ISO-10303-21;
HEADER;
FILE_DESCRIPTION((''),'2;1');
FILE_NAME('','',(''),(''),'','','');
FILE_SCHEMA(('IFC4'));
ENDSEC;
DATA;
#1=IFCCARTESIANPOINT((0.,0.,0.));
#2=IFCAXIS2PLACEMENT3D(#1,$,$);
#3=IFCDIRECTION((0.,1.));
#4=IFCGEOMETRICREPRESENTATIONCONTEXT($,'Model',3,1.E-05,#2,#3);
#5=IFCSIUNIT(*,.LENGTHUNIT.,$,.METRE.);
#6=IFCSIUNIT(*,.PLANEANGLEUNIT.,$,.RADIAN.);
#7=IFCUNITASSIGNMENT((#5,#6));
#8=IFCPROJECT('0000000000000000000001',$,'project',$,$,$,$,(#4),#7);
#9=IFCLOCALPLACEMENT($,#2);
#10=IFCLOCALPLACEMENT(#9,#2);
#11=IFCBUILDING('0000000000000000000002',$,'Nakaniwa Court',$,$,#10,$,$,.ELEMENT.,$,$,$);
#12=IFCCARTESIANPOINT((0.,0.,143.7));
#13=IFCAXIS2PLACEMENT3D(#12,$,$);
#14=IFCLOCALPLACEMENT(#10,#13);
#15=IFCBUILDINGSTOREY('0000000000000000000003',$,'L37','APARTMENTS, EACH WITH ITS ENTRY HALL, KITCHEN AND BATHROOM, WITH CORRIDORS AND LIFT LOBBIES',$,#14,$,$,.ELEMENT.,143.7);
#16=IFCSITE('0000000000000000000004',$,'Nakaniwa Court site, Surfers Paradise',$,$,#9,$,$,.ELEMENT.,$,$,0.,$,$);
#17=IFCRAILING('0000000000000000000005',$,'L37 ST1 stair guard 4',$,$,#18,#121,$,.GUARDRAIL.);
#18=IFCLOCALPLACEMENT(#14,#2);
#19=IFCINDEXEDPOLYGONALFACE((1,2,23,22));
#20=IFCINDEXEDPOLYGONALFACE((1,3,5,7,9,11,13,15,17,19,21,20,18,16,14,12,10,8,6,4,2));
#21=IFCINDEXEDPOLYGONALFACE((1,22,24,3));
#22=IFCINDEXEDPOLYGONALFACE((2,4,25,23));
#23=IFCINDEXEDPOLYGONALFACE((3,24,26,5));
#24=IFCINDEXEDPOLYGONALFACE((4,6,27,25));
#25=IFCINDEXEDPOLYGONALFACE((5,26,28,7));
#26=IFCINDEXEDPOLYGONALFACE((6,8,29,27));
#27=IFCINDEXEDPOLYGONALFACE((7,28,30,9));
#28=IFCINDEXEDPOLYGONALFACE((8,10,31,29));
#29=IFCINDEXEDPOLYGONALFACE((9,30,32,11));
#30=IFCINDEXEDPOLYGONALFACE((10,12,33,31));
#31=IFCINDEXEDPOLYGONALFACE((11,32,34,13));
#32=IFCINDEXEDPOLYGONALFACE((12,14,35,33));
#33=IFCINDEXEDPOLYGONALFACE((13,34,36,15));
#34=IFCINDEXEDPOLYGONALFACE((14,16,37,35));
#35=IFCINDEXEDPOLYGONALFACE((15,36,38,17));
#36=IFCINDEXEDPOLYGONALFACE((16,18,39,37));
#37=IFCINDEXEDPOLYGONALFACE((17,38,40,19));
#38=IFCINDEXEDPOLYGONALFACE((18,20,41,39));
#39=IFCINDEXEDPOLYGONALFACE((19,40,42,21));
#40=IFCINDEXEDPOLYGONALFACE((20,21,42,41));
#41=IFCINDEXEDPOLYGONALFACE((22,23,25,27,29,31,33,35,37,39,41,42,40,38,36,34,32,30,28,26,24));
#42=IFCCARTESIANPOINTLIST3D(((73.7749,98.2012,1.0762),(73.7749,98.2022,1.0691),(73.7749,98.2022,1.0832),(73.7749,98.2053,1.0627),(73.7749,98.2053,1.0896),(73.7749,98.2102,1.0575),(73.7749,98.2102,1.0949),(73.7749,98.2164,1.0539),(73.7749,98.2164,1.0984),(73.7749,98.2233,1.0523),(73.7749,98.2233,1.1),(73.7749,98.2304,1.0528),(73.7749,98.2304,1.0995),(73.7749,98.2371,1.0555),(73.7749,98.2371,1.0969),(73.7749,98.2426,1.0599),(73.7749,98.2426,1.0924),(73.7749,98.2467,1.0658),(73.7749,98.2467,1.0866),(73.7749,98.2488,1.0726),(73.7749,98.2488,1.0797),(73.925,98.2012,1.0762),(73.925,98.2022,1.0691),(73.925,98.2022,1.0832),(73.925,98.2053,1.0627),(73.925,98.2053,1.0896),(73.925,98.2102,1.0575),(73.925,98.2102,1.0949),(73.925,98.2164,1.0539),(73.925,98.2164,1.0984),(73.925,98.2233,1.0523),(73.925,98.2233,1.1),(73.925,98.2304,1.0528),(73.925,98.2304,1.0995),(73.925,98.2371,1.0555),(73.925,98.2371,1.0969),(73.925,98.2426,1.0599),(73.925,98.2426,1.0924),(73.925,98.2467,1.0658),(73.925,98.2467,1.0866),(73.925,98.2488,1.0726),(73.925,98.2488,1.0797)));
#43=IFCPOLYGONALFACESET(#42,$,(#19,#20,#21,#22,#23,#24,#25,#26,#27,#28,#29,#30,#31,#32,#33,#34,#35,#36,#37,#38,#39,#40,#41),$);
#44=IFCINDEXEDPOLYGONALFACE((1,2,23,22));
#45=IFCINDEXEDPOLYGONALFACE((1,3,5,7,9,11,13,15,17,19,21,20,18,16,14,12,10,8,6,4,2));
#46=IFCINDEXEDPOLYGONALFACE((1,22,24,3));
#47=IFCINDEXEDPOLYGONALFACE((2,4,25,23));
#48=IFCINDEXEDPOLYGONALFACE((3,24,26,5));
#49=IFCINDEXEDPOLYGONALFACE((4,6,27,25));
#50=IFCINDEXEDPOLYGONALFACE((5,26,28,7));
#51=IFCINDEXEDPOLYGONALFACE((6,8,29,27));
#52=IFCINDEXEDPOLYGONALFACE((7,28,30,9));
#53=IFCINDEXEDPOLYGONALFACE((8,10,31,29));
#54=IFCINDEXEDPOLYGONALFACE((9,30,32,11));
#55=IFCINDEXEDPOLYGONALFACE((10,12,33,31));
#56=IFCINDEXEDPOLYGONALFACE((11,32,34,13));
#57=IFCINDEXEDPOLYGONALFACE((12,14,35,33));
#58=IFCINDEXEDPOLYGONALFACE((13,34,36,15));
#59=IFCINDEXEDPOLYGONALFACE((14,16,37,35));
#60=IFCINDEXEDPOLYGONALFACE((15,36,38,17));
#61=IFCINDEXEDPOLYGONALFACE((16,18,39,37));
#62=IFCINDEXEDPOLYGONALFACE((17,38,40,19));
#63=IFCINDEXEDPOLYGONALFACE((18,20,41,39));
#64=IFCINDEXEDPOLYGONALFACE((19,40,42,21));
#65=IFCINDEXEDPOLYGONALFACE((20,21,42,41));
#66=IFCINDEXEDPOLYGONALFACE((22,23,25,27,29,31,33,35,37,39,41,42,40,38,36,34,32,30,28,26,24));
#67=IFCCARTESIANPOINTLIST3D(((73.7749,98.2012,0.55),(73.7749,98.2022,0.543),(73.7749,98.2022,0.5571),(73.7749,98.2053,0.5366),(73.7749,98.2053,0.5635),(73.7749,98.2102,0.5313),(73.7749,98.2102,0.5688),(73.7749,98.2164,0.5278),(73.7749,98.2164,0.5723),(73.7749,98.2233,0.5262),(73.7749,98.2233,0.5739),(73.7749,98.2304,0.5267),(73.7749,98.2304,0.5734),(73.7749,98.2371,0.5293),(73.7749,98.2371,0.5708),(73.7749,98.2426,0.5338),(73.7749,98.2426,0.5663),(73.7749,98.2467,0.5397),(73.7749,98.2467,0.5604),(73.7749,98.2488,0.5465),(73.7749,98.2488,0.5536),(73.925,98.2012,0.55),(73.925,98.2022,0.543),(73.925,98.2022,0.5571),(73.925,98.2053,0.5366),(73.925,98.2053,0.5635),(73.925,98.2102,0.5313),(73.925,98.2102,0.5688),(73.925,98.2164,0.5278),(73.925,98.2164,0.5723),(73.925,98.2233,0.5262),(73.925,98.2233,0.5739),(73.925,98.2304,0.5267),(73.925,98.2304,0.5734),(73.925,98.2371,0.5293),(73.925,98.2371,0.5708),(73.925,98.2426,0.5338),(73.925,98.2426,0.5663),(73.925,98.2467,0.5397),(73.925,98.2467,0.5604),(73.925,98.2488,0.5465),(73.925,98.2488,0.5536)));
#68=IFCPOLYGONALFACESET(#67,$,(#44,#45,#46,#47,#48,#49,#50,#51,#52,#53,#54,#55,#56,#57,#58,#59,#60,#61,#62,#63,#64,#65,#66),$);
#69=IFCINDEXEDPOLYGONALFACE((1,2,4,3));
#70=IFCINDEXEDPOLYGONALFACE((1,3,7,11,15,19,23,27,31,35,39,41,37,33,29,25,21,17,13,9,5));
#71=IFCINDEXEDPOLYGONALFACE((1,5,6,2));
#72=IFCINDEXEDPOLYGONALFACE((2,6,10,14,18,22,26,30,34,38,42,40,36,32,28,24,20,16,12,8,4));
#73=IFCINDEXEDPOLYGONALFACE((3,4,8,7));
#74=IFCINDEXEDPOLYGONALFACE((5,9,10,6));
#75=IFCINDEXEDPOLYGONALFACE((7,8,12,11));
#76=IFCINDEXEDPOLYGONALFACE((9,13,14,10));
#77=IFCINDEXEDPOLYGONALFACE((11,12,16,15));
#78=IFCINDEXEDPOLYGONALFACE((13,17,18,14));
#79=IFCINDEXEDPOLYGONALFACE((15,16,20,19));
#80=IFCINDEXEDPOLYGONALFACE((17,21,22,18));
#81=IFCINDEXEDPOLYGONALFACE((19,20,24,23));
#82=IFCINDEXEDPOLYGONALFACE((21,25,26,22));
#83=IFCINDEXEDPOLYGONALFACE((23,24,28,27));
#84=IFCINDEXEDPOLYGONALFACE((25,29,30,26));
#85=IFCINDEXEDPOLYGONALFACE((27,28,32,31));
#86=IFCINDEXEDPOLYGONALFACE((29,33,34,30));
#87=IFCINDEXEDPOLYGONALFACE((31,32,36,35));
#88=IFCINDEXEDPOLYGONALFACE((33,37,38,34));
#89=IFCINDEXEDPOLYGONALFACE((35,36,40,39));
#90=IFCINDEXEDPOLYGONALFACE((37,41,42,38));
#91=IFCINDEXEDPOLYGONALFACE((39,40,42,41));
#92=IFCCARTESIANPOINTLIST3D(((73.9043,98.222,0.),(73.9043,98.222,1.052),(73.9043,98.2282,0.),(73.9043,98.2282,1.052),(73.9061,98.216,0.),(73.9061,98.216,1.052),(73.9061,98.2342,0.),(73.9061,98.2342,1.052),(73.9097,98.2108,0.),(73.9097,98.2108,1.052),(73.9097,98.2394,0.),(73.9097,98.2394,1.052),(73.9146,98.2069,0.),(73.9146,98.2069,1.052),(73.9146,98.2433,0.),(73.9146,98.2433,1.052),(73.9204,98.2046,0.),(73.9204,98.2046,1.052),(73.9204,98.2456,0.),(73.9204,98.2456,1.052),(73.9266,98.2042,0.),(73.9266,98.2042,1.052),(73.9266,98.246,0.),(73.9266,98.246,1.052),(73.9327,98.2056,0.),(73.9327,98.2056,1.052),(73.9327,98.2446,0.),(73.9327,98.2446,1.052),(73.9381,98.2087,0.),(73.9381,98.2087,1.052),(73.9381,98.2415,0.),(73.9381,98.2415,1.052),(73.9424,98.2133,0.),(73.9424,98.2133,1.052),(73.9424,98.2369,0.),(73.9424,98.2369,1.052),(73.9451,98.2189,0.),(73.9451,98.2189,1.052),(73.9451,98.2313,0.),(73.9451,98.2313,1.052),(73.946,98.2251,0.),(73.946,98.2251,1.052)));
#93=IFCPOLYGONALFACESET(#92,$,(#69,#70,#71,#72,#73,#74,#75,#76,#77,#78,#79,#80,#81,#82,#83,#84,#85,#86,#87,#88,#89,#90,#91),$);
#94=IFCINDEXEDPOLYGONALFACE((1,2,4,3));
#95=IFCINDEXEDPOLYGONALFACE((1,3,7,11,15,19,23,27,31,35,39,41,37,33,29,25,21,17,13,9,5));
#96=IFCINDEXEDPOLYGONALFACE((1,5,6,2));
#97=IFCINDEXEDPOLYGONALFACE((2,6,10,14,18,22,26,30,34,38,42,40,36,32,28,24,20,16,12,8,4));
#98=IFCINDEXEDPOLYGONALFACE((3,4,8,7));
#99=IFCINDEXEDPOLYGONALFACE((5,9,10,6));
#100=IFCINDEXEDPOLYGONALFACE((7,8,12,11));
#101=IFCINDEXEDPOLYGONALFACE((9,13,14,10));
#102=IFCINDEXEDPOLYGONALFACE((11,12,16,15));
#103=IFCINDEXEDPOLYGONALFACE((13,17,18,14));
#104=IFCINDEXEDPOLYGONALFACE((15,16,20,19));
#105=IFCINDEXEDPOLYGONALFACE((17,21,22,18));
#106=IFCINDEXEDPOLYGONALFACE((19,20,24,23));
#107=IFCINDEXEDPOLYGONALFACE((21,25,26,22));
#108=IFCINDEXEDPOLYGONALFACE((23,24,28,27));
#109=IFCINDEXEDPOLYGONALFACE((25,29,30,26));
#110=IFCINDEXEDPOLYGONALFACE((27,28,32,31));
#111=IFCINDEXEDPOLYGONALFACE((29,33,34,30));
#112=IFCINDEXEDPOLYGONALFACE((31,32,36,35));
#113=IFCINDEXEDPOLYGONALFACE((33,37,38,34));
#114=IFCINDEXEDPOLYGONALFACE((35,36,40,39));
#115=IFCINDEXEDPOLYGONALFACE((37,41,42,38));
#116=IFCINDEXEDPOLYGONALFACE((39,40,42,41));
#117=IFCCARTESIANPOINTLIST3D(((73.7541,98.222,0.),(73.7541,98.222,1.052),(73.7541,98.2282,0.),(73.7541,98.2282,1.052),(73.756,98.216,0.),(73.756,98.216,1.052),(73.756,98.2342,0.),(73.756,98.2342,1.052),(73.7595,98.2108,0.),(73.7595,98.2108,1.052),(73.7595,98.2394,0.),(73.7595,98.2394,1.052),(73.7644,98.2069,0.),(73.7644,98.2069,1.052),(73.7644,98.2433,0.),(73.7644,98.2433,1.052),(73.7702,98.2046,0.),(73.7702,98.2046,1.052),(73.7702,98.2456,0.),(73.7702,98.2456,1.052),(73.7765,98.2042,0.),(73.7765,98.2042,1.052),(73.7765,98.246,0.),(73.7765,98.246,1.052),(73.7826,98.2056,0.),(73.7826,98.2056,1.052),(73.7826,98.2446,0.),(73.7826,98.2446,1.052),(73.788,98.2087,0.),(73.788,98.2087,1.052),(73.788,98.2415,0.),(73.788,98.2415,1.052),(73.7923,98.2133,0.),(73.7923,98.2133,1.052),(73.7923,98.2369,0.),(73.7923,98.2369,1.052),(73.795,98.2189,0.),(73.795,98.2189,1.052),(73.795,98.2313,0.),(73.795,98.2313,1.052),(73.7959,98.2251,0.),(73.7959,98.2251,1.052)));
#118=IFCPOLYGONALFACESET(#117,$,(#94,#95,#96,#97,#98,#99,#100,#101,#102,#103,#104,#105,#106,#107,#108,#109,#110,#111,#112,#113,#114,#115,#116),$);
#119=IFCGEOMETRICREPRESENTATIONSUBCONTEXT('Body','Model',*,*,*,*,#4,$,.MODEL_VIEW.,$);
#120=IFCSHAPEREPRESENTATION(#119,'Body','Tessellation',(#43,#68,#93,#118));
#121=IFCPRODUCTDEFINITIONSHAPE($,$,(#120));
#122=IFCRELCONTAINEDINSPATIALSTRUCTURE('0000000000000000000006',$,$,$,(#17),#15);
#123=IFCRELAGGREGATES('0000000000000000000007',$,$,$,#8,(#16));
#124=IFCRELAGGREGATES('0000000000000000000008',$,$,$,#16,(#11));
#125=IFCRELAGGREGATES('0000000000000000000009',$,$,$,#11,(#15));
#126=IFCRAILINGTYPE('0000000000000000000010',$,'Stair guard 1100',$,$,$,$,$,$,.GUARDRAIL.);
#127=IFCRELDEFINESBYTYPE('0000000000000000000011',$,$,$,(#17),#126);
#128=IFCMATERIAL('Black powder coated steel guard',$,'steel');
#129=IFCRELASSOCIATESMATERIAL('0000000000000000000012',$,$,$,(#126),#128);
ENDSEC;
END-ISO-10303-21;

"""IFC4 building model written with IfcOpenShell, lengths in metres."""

from ifc_helpers import new_model, si_unit, direction, frame, origin, origin_2d, place, context, subcontext, project, spatial, circle, extrude, material, type_object, element, save


model = new_model("IFC4")

# Units and contexts
model_context = context("Model", 3, precision=1e-05, world=origin(), true_north=direction((0.0, 1.0)))
body_context = subcontext(model_context, "Body", "Model", "MODEL_VIEW")
ifc_project = project(units=[si_unit("LENGTHUNIT", "METRE"), si_unit("PLANEANGLEUNIT", "RADIAN")], contexts=[model_context])

# Site, building, storey
site_placement = place(None, origin())
site = spatial("IfcSite", under=ifc_project, at=site_placement, Name="Nakaniwa Court site, Surfers Paradise", CompositionType="ELEMENT", RefElevation=0.0)
building_placement = place(site_placement, origin())
building = spatial("IfcBuilding", under=site, at=building_placement, Name="Nakaniwa Court", CompositionType="ELEMENT")
storey_placement = place(building_placement, frame((0.0, 0.0, 143.7)))
storey = spatial("IfcBuildingStorey", under=building, at=storey_placement, Name="L37", Description="APARTMENTS, EACH WITH ITS ENTRY HALL, KITCHEN AND BATHROOM, WITH CORRIDORS AND LIFT LOBBIES", CompositionType="ELEMENT", Elevation=143.7)

# Railing
ifc_material_1 = material(Name="Black powder coated steel guard", Category="steel")
railing_type_1 = type_object("IfcRailingType", Name="Stair guard 1100", PredefinedType="GUARDRAIL", material=ifc_material_1)
railing_1_placement = place(storey_placement, frame((73.925, 98.2251, 0.0)))
element("IfcRailing", 1, at=railing_1_placement, inside=storey, type_object=railing_type_1, Name="L37 ST1 stair guard 4", PredefinedType="GUARDRAIL", context=body_context, shape_type="SweptSolid", body=[
    extrude(circle(Radius=0.0239, at=origin_2d()), frame((0.0, 0.0, 1.0762), z_axis=(-1.0, 0.0, 0.0), x_axis=(0.0, -1.0, 0.0)), (0.0, 0.0, 1.0), 0.1501),
    extrude(circle(Radius=0.0239, at=origin_2d()), frame((0.0, 0.0, 0.55), z_axis=(-1.0, 0.0, 0.0), x_axis=(0.0, -1.0, 0.0)), (0.0, 0.0, 1.0), 0.1501),
    extrude(circle(Radius=0.021, at=origin_2d()), origin(), (0.0, 0.0, 1.0), 1.052),
    extrude(circle(Radius=0.021, at=origin_2d()), frame((-0.1501, 0.0, 0.0)), (0.0, 0.0, 1.0), 1.052),
])

save(model, "model.ifc")
